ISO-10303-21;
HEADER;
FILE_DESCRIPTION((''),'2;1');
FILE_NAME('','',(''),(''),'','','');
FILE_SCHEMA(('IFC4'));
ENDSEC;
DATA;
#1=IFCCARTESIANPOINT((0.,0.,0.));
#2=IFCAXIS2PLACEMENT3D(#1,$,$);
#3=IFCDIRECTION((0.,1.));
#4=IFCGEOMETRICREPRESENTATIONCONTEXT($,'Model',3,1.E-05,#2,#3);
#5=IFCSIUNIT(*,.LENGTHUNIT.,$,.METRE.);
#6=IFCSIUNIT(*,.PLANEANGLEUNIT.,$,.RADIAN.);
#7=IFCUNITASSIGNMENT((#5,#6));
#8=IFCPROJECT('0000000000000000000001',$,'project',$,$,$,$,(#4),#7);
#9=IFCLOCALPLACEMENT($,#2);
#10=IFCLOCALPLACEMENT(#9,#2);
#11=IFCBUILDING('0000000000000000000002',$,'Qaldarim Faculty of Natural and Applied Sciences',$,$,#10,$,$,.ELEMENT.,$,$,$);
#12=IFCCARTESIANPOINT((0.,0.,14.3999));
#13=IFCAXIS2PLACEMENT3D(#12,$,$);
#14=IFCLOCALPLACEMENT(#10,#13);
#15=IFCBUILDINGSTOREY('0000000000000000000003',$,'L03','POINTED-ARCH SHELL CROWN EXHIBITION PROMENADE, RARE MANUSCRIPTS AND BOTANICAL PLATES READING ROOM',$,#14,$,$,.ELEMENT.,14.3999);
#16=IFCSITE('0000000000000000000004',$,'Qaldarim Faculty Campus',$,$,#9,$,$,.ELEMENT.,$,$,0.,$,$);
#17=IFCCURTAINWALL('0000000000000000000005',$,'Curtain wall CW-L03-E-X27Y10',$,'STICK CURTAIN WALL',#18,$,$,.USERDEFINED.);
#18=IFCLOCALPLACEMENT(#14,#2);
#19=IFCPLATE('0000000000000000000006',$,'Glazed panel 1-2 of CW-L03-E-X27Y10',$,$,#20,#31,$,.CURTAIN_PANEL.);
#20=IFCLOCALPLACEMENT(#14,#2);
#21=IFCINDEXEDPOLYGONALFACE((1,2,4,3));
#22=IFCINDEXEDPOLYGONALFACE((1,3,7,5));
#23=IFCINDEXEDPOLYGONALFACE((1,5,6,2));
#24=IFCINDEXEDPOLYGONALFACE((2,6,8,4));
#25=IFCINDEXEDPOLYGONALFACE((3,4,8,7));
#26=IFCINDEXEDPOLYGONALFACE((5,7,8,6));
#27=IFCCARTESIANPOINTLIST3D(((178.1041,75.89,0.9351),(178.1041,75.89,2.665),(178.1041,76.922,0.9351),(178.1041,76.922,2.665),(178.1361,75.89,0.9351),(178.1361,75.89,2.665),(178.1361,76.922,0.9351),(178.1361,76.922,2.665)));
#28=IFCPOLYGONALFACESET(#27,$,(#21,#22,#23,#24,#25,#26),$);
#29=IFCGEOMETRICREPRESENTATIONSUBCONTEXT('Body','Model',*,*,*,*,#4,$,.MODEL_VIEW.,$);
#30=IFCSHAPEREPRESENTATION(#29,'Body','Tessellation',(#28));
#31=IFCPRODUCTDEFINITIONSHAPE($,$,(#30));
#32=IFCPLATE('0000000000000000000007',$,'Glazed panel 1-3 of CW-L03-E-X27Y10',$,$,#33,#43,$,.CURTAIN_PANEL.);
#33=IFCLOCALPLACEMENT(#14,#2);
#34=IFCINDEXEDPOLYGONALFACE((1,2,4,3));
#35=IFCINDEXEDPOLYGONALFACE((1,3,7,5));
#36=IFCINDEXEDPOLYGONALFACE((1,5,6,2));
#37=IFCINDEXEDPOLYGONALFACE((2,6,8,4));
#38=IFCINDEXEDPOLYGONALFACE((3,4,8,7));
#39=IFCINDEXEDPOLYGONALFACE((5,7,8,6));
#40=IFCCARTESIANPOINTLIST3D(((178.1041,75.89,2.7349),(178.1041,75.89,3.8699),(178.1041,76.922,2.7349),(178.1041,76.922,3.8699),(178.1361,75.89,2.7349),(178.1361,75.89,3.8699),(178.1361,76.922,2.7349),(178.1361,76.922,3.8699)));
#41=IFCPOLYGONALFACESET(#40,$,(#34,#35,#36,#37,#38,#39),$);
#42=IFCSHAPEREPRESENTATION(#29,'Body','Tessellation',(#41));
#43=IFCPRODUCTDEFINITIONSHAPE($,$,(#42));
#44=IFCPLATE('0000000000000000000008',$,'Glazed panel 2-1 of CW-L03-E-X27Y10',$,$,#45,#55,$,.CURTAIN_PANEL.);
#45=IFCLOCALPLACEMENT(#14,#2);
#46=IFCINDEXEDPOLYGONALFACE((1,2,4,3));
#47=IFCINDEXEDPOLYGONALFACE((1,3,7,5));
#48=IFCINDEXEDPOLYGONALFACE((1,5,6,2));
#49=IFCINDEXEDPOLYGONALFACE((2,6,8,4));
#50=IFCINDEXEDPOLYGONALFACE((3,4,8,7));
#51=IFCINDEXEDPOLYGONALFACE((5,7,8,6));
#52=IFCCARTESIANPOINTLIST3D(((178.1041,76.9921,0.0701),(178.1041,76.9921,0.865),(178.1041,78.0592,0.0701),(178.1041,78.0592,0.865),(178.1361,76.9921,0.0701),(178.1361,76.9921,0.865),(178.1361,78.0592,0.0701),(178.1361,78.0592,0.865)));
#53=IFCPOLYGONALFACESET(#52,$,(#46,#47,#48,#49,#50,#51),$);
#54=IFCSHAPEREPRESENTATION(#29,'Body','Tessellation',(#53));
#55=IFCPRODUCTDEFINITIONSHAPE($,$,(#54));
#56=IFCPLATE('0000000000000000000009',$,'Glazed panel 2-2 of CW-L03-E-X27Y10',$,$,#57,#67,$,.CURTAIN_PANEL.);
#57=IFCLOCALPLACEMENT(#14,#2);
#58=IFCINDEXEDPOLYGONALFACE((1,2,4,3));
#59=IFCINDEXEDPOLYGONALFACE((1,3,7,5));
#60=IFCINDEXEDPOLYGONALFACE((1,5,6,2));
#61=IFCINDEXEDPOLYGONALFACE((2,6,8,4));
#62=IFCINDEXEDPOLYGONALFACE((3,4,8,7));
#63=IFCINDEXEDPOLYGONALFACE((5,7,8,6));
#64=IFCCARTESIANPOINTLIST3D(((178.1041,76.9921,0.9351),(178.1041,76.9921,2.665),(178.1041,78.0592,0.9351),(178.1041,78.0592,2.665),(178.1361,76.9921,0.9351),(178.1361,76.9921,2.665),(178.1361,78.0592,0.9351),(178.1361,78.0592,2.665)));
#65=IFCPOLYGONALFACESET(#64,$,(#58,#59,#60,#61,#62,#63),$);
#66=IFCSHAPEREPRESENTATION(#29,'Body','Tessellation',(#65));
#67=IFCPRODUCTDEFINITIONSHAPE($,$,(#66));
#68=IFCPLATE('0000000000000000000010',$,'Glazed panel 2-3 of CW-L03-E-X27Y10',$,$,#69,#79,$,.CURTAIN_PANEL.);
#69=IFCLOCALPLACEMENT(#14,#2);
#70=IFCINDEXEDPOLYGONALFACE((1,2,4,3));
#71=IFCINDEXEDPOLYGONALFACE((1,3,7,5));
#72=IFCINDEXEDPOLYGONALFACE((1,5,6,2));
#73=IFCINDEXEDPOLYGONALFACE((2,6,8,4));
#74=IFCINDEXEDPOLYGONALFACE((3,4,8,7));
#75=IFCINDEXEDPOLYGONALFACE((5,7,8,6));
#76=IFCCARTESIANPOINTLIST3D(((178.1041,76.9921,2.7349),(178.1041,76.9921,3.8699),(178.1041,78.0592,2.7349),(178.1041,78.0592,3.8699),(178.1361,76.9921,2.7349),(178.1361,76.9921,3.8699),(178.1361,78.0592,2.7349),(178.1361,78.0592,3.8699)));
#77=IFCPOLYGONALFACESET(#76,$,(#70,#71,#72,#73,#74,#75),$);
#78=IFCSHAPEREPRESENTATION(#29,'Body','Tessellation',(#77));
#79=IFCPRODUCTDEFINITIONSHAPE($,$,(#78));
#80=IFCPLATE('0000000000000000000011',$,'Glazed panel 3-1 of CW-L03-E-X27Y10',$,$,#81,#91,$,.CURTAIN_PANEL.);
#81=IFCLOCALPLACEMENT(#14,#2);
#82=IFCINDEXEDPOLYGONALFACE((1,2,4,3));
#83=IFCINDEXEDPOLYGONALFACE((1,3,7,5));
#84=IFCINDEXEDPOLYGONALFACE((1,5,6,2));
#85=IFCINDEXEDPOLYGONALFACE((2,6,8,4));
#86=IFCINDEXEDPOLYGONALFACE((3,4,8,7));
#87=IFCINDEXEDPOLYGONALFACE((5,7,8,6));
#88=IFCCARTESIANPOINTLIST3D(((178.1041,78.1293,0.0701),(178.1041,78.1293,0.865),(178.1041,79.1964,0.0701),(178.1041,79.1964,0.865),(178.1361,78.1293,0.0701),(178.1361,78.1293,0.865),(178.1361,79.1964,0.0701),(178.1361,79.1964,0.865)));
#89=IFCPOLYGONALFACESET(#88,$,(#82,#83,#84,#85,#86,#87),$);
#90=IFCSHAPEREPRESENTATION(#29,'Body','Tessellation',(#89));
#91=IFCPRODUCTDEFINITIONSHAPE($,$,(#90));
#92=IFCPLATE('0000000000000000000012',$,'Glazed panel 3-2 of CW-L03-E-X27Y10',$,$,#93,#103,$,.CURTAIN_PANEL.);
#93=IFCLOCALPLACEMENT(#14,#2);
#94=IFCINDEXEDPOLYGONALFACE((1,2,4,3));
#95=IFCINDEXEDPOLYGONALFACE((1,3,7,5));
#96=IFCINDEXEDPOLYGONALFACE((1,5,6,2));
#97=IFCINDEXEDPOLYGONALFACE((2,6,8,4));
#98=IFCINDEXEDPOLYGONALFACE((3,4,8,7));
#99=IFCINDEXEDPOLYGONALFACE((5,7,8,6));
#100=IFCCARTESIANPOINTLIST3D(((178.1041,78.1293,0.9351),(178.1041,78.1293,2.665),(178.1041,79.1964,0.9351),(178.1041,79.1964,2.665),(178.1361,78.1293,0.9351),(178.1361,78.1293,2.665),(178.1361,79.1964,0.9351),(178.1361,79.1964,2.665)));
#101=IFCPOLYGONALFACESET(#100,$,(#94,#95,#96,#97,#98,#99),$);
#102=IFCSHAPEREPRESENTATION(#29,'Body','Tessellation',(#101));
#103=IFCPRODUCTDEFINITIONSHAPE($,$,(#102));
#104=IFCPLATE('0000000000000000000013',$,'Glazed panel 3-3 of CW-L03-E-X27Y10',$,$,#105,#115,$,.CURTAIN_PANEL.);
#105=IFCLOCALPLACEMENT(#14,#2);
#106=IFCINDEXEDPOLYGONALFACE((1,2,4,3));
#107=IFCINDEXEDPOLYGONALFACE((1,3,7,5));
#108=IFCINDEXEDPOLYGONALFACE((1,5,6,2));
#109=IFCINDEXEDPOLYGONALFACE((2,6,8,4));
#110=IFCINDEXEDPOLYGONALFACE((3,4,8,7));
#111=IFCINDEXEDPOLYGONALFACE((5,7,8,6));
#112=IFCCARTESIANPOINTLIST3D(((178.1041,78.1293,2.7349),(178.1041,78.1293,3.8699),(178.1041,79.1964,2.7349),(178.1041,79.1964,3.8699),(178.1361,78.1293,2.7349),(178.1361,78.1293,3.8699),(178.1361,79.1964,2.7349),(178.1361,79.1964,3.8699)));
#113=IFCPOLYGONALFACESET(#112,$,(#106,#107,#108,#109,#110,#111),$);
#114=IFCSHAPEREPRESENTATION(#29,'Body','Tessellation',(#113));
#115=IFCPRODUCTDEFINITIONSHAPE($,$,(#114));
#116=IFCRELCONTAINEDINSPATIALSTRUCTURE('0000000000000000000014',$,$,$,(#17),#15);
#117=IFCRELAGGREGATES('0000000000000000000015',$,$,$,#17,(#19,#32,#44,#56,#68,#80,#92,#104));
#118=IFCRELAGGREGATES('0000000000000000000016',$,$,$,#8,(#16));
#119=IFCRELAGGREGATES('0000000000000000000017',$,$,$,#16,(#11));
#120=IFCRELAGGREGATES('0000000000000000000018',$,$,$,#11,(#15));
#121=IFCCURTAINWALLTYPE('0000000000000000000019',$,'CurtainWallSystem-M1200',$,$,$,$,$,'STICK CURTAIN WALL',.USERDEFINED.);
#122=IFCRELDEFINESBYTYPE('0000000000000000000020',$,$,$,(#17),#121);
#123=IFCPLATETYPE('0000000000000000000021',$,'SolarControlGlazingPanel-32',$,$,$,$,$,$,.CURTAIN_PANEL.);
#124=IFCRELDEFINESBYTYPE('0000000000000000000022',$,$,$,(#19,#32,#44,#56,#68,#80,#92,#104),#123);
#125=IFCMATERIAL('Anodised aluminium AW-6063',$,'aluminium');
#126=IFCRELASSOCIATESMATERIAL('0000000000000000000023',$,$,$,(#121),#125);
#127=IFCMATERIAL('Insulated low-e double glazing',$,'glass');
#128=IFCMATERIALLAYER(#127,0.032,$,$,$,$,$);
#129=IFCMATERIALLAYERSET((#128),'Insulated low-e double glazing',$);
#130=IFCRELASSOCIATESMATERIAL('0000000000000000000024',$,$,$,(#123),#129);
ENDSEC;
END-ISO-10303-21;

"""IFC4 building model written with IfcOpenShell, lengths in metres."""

from ifc_helpers import new_model, si_unit, direction, frame, origin, origin_2d, place, context, subcontext, project, spatial, rectangle, extrude, material, layer, layer_set, type_object, element, aggregate, save


model = new_model("IFC4")

# Units and contexts
model_context = context("Model", 3, precision=1e-05, world=origin(), true_north=direction((0.0, 1.0)))
body_context = subcontext(model_context, "Body", "Model", "MODEL_VIEW")
ifc_project = project(units=[si_unit("LENGTHUNIT", "METRE"), si_unit("PLANEANGLEUNIT", "RADIAN")], contexts=[model_context])

# Site, building, storey
site_placement = place(None, origin())
site = spatial("IfcSite", under=ifc_project, at=site_placement, Name="Qaldarim Faculty Campus", CompositionType="ELEMENT", RefElevation=0.0)
building_placement = place(site_placement, origin())
building = spatial("IfcBuilding", under=site, at=building_placement, Name="Qaldarim Faculty of Natural and Applied Sciences", CompositionType="ELEMENT")
storey_placement = place(building_placement, frame((0.0, 0.0, 14.3999)))
storey = spatial("IfcBuildingStorey", under=building, at=storey_placement, Name="L03", Description="POINTED-ARCH SHELL CROWN EXHIBITION PROMENADE, RARE MANUSCRIPTS AND BOTANICAL PLATES READING ROOM", CompositionType="ELEMENT", Elevation=14.3999)

# Curtain wall, plates
ifc_material_1 = material(Name="Anodised aluminium AW-6063", Category="aluminium")
curtain_wall_type = type_object("IfcCurtainWallType", Name="CurtainWallSystem-M1200", ElementType="STICK CURTAIN WALL", PredefinedType="USERDEFINED", material=ifc_material_1)
curtain_wall_placement = place(storey_placement, origin())
curtain_wall = element("IfcCurtainWall", 1, at=curtain_wall_placement, inside=storey, type_object=curtain_wall_type, Name="Curtain wall CW-L03-E-X27Y10", ObjectType="STICK CURTAIN WALL", PredefinedType="USERDEFINED")
ifc_material_2 = material(Name="Insulated low-e double glazing", Category="glass")
ifc_layer = layer(ifc_material_2, 0.032)
ifc_layer_set = layer_set([ifc_layer], Name="Insulated low-e double glazing")
plate_type = type_object("IfcPlateType", Name="SolarControlGlazingPanel-32", PredefinedType="CURTAIN_PANEL", material=ifc_layer_set)
plate_1_placement = place(storey_placement, frame((178.1201, 76.406, 0.9351), z_axis=(0.0, 0.0, 1.0), x_axis=(0.0, 1.0, 0.0)))
plate_1 = element("IfcPlate", 2, at=plate_1_placement, type_object=plate_type, Name="Glazed panel 1-2 of CW-L03-E-X27Y10", PredefinedType="CURTAIN_PANEL", context=body_context, shape_type="SweptSolid", body=[
    extrude(rectangle(XDim=1.032, YDim=0.032, at=origin_2d()), origin(), (0.0, 0.0, 1.0), 1.73),
])
plate_2_placement = place(storey_placement, frame((178.1201, 76.406, 2.7349), z_axis=(0.0, 0.0, 1.0), x_axis=(0.0, 1.0, 0.0)))
plate_2 = element("IfcPlate", 3, at=plate_2_placement, type_object=plate_type, Name="Glazed panel 1-3 of CW-L03-E-X27Y10", PredefinedType="CURTAIN_PANEL", context=body_context, shape_type="SweptSolid", body=[
    extrude(rectangle(XDim=1.032, YDim=0.032, at=origin_2d()), origin(), (0.0, 0.0, 1.0), 1.135),
])
plate_3_placement = place(storey_placement, frame((178.1201, 77.5256, 0.0701), z_axis=(0.0, 0.0, 1.0), x_axis=(0.0, 1.0, 0.0)))
plate_3 = element("IfcPlate", 4, at=plate_3_placement, type_object=plate_type, Name="Glazed panel 2-1 of CW-L03-E-X27Y10", PredefinedType="CURTAIN_PANEL", context=body_context, shape_type="SweptSolid", body=[
    extrude(rectangle(XDim=1.0671, YDim=0.032, at=origin_2d()), origin(), (0.0, 0.0, 1.0), 0.7949),
])
plate_4_placement = place(storey_placement, frame((178.1201, 77.5256, 0.9351), z_axis=(0.0, 0.0, 1.0), x_axis=(0.0, 1.0, 0.0)))
plate_4 = element("IfcPlate", 5, at=plate_4_placement, type_object=plate_type, Name="Glazed panel 2-2 of CW-L03-E-X27Y10", PredefinedType="CURTAIN_PANEL", context=body_context, shape_type="SweptSolid", body=[
    extrude(rectangle(XDim=1.0671, YDim=0.032, at=origin_2d()), origin(), (0.0, 0.0, 1.0), 1.73),
])
plate_5_placement = place(storey_placement, frame((178.1201, 77.5256, 2.7349), z_axis=(0.0, 0.0, 1.0), x_axis=(0.0, 1.0, 0.0)))
plate_5 = element("IfcPlate", 6, at=plate_5_placement, type_object=plate_type, Name="Glazed panel 2-3 of CW-L03-E-X27Y10", PredefinedType="CURTAIN_PANEL", context=body_context, shape_type="SweptSolid", body=[
    extrude(rectangle(XDim=1.0671, YDim=0.032, at=origin_2d()), origin(), (0.0, 0.0, 1.0), 1.135),
])
plate_6_placement = place(storey_placement, frame((178.1201, 78.6628, 0.0701), z_axis=(0.0, 0.0, 1.0), x_axis=(0.0, 1.0, 0.0)))
plate_6 = element("IfcPlate", 7, at=plate_6_placement, type_object=plate_type, Name="Glazed panel 3-1 of CW-L03-E-X27Y10", PredefinedType="CURTAIN_PANEL", context=body_context, shape_type="SweptSolid", body=[
    extrude(rectangle(XDim=1.0671, YDim=0.032, at=origin_2d()), origin(), (0.0, 0.0, 1.0), 0.7949),
])
plate_7_placement = place(storey_placement, frame((178.1201, 78.6628, 0.9351), z_axis=(0.0, 0.0, 1.0), x_axis=(0.0, 1.0, 0.0)))
plate_7 = element("IfcPlate", 8, at=plate_7_placement, type_object=plate_type, Name="Glazed panel 3-2 of CW-L03-E-X27Y10", PredefinedType="CURTAIN_PANEL", context=body_context, shape_type="SweptSolid", body=[
    extrude(rectangle(XDim=1.0671, YDim=0.032, at=origin_2d()), origin(), (0.0, 0.0, 1.0), 1.73),
])
plate_8_placement = place(storey_placement, frame((178.1201, 78.6628, 2.7349), z_axis=(0.0, 0.0, 1.0), x_axis=(0.0, 1.0, 0.0)))
plate_8 = element("IfcPlate", 9, at=plate_8_placement, type_object=plate_type, Name="Glazed panel 3-3 of CW-L03-E-X27Y10", PredefinedType="CURTAIN_PANEL", context=body_context, shape_type="SweptSolid", body=[
    extrude(rectangle(XDim=1.0671, YDim=0.032, at=origin_2d()), origin(), (0.0, 0.0, 1.0), 1.135),
])
aggregate(curtain_wall, [plate_1, plate_2, plate_3, plate_4, plate_5, plate_6, plate_7, plate_8])

save(model, "model.ifc")
